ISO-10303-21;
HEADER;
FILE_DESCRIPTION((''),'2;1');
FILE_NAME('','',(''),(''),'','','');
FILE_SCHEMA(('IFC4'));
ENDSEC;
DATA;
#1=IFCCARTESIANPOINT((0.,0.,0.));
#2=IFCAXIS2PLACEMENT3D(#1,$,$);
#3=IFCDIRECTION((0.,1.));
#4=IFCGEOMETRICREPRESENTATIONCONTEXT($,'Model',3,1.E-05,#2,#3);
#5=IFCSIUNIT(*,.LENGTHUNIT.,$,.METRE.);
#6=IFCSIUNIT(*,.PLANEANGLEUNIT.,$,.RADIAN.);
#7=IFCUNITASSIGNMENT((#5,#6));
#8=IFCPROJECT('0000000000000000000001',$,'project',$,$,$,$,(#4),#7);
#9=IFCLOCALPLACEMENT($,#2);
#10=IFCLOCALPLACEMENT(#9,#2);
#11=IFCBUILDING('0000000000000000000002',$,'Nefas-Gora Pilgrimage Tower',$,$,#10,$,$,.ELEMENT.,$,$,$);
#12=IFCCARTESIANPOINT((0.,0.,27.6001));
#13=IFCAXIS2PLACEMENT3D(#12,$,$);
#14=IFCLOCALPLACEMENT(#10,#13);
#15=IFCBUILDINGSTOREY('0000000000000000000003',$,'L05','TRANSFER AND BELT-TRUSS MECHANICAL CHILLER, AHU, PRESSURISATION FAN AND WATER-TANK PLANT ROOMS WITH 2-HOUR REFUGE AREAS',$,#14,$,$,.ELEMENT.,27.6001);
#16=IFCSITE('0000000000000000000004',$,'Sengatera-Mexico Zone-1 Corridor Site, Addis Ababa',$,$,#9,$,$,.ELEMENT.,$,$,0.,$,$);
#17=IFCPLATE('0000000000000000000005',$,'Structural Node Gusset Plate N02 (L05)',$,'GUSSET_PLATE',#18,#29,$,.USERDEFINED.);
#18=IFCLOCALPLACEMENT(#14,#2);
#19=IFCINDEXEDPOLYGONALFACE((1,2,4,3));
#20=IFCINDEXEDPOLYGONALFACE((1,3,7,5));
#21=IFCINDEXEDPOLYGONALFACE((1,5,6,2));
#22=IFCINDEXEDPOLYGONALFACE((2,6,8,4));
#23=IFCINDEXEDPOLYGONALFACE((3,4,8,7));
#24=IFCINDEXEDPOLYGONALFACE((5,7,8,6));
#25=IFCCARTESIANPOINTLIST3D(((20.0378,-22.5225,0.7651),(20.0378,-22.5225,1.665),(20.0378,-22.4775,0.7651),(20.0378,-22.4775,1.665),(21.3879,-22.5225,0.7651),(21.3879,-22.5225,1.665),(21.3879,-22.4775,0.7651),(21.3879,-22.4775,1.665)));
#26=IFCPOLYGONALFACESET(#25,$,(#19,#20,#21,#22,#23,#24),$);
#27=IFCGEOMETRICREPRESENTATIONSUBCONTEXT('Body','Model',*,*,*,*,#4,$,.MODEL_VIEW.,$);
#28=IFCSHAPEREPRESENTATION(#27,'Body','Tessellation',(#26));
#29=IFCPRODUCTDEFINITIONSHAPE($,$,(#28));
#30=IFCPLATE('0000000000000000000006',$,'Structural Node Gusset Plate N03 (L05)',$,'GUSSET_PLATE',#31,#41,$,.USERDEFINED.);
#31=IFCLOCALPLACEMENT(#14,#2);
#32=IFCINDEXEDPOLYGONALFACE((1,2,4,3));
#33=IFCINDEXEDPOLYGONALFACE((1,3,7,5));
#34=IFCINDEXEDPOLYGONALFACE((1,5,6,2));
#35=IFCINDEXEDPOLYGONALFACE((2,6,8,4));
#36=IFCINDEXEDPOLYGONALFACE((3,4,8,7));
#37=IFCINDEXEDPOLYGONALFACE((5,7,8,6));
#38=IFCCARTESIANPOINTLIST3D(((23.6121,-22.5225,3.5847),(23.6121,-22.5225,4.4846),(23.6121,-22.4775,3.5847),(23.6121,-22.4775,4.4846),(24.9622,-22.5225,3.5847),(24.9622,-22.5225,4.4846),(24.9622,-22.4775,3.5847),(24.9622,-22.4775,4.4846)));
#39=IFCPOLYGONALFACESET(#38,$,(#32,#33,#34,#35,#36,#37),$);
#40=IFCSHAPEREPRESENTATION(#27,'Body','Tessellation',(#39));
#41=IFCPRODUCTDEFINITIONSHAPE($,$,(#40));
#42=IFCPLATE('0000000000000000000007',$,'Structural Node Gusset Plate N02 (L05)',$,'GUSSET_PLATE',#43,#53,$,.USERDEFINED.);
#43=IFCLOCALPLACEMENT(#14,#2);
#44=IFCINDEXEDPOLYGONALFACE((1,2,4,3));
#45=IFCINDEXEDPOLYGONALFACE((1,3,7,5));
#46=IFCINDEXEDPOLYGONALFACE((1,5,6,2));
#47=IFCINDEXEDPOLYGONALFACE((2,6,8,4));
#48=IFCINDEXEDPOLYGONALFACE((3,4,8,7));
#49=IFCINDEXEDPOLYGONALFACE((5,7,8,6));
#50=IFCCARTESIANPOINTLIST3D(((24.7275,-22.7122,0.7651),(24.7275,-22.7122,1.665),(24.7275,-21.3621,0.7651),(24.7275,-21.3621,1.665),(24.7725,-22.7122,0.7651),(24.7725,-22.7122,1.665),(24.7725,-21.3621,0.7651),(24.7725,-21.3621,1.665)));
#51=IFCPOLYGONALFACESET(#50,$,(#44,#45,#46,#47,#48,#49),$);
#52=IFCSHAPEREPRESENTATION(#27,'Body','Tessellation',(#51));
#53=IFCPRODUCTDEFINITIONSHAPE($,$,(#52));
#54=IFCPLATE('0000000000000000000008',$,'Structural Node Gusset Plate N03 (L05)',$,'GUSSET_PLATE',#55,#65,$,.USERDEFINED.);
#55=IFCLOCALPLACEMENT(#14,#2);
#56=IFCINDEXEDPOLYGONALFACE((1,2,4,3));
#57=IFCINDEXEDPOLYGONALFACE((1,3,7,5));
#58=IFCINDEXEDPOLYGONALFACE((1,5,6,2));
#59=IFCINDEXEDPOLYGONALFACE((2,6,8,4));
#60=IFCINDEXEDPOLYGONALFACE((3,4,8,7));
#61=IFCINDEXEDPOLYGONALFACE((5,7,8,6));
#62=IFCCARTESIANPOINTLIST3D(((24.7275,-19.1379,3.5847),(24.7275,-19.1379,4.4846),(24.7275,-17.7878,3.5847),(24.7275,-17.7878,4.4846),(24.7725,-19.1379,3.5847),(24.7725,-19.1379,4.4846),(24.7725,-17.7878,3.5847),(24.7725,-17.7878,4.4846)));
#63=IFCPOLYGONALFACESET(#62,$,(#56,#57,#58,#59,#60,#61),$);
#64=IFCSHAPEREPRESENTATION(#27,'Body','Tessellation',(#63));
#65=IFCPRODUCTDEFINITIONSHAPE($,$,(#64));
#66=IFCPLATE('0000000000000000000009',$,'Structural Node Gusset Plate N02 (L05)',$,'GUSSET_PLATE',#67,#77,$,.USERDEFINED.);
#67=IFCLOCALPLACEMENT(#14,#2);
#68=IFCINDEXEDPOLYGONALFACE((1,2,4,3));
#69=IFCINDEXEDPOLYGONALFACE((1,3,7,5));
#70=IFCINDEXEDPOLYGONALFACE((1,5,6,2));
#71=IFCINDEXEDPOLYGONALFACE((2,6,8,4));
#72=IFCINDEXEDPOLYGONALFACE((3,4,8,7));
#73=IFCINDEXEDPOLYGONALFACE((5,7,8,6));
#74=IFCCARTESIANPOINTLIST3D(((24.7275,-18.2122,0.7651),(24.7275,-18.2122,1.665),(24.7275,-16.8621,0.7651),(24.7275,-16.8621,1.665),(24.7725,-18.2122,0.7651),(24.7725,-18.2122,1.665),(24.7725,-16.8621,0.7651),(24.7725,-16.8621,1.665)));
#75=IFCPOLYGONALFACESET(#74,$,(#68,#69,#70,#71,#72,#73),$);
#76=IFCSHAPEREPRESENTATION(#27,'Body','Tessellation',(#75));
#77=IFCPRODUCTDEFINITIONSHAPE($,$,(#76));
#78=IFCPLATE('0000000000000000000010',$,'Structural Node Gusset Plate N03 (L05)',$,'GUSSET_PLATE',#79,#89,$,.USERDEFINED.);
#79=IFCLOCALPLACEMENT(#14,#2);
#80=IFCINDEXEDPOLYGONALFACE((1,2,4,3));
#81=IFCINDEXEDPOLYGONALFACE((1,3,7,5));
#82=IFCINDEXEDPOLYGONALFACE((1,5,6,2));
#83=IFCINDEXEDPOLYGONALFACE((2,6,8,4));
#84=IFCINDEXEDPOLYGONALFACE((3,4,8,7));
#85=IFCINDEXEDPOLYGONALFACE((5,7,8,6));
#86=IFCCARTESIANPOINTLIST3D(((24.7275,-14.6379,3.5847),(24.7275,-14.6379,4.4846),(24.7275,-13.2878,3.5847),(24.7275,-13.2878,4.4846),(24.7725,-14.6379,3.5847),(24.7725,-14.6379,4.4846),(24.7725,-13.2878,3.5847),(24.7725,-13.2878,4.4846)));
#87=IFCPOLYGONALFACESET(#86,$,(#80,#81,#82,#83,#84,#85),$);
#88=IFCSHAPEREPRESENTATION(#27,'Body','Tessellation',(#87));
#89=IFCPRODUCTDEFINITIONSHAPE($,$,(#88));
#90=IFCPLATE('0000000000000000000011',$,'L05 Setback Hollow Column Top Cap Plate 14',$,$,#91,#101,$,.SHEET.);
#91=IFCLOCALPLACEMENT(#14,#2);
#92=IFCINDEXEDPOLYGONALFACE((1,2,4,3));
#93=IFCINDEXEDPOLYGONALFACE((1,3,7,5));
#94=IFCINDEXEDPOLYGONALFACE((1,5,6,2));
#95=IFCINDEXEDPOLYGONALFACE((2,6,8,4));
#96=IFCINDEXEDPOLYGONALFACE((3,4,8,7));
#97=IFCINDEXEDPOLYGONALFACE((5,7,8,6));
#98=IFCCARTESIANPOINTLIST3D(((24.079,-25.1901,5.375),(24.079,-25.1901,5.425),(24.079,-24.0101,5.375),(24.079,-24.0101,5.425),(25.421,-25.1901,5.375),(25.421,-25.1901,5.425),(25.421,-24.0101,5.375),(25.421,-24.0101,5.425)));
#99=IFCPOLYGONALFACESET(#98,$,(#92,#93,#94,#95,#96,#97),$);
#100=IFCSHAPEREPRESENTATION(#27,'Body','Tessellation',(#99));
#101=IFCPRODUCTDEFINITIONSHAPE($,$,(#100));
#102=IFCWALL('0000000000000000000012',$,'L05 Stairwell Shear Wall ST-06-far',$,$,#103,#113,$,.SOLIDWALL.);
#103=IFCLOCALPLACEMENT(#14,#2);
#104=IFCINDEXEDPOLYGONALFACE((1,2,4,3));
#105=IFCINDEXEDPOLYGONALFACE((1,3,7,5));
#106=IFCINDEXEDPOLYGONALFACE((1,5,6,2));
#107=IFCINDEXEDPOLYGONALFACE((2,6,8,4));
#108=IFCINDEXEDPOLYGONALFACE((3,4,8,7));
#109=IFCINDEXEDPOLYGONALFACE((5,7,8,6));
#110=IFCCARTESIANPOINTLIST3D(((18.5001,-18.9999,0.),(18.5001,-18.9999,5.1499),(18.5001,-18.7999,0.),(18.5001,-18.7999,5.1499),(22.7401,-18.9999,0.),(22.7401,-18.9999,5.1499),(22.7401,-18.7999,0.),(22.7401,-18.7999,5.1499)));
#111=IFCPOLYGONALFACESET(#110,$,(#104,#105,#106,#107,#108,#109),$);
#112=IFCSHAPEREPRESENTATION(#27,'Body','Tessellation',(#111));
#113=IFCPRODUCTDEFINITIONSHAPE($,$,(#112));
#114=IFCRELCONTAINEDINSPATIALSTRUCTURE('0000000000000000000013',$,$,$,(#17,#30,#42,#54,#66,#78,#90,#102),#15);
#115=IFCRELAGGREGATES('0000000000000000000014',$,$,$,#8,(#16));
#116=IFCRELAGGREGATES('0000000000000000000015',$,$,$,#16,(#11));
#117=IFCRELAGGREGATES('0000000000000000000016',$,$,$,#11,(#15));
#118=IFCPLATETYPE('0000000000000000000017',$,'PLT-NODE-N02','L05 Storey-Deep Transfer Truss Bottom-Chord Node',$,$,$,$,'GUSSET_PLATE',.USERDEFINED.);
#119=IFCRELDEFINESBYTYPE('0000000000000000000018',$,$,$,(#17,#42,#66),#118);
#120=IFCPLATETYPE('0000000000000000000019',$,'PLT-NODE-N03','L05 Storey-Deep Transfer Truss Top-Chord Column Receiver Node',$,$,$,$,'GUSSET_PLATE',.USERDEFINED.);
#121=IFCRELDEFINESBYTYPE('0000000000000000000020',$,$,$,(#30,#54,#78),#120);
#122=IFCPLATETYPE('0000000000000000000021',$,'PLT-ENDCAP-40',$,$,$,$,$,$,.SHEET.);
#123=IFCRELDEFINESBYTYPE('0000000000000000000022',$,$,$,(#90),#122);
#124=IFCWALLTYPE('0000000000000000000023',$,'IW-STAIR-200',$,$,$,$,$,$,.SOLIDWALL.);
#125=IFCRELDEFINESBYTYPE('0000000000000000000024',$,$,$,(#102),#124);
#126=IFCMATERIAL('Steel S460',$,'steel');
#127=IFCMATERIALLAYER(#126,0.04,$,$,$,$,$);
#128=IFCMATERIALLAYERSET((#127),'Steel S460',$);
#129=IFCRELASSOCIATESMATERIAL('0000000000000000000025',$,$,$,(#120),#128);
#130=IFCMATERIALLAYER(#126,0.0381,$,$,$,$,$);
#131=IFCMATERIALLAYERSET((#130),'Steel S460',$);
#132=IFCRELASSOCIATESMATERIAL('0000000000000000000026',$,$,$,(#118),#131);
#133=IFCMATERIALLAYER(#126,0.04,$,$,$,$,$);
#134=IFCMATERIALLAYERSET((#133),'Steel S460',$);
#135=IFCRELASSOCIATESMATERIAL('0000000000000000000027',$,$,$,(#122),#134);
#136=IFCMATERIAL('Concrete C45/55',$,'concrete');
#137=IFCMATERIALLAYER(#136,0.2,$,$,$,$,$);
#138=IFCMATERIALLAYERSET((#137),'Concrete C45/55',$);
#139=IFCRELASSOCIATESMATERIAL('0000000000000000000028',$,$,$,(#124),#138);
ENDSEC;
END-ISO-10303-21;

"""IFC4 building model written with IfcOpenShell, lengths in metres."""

from ifc_helpers import new_model, si_unit, direction, frame, frame_2d, origin, origin_2d, place, context, subcontext, project, spatial, rectangle, extrude, source, transform, mapped, material, layer, layer_set, type_object, element, save


model = new_model("IFC4")

# Units and contexts
model_context = context("Model", 3, precision=1e-05, world=origin(), true_north=direction((0.0, 1.0)))
body_context = subcontext(model_context, "Body", "Model", "MODEL_VIEW")
ifc_project = project(units=[si_unit("LENGTHUNIT", "METRE"), si_unit("PLANEANGLEUNIT", "RADIAN")], contexts=[model_context])

# Site, building, storey
site_placement = place(None, origin())
site = spatial("IfcSite", under=ifc_project, at=site_placement, Name="Sengatera-Mexico Zone-1 Corridor Site, Addis Ababa", CompositionType="ELEMENT", RefElevation=0.0)
building_placement = place(site_placement, origin())
building = spatial("IfcBuilding", under=site, at=building_placement, Name="Nefas-Gora Pilgrimage Tower", CompositionType="ELEMENT")
storey_placement = place(building_placement, frame((0.0, 0.0, 27.6001)))
storey = spatial("IfcBuildingStorey", under=building, at=storey_placement, Name="L05", Description="TRANSFER AND BELT-TRUSS MECHANICAL CHILLER, AHU, PRESSURISATION FAN AND WATER-TANK PLANT ROOMS WITH 2-HOUR REFUGE AREAS", CompositionType="ELEMENT", Elevation=27.6001)

# Shared definitions
ifc_material_1 = material(Name="Steel S460", Category="steel")

# Plates
ifc_layer_1 = layer(ifc_material_1, 0.04)
ifc_layer_set_1 = layer_set([ifc_layer_1], Name="Steel S460")
plate_type_1 = type_object("IfcPlateType", Name="PLT-NODE-N03", Description="L05 Storey-Deep Transfer Truss Top-Chord Column Receiver Node", ElementType="GUSSET_PLATE", PredefinedType="USERDEFINED", material=ifc_layer_set_1)
shared_shape_1 = source(origin(), body_context, "Body", "SweptSolid", [
    extrude(rectangle(XDim=1.3501, YDim=0.0449, at=origin_2d()), origin(), (0.0, 0.0, 1.0), 0.8999),
])
ifc_layer_2 = layer(ifc_material_1, 0.0381)
ifc_layer_set_2 = layer_set([ifc_layer_2], Name="Steel S460")
plate_type_2 = type_object("IfcPlateType", Name="PLT-NODE-N02", Description="L05 Storey-Deep Transfer Truss Bottom-Chord Node", ElementType="GUSSET_PLATE", PredefinedType="USERDEFINED", material=ifc_layer_set_2)
plate_1_placement = place(storey_placement, frame((20.7129, -22.5, 0.7651), z_axis=(0.0, 0.0, 1.0), x_axis=(1.0, 0.0, 0.0)))
element("IfcPlate", 1, at=plate_1_placement, inside=storey, type_object=plate_type_2, Name="Structural Node Gusset Plate N02 (L05)", ObjectType="GUSSET_PLATE", PredefinedType="USERDEFINED", context=body_context, shape_type="MappedRepresentation", body=[
    mapped(shared_shape_1, transform((0.0, 0.0, 0.0), x_axis=(1.0, 0.0, 0.0), y_axis=(0.0, 1.0, 0.0), z_axis=(0.0, 0.0, 1.0), scale=1.0)),
])
plate_2_placement = place(storey_placement, frame((24.2871, -22.5, 3.5847), z_axis=(0.0, 0.0, 1.0), x_axis=(1.0, 0.0, 0.0)))
element("IfcPlate", 2, at=plate_2_placement, inside=storey, type_object=plate_type_1, Name="Structural Node Gusset Plate N03 (L05)", ObjectType="GUSSET_PLATE", PredefinedType="USERDEFINED", context=body_context, shape_type="MappedRepresentation", body=[
    mapped(shared_shape_1, transform((0.0, 0.0, 0.0), x_axis=(1.0, 0.0, 0.0), y_axis=(0.0, 1.0, 0.0), z_axis=(0.0, 0.0, 1.0), scale=1.0)),
])
plate_3_placement = place(storey_placement, frame((24.75, -22.0371, 0.7651), z_axis=(0.0, 0.0, 1.0), x_axis=(0.0, 1.0, 0.0)))
element("IfcPlate", 3, at=plate_3_placement, inside=storey, type_object=plate_type_2, Name="Structural Node Gusset Plate N02 (L05)", ObjectType="GUSSET_PLATE", PredefinedType="USERDEFINED", context=body_context, shape_type="MappedRepresentation", body=[
    mapped(shared_shape_1, transform((0.0, 0.0, 0.0), x_axis=(1.0, 0.0, 0.0), y_axis=(0.0, 1.0, 0.0), z_axis=(0.0, 0.0, 1.0), scale=1.0)),
])
plate_4_placement = place(storey_placement, frame((24.75, -18.4629, 3.5847), z_axis=(0.0, 0.0, 1.0), x_axis=(0.0, 1.0, 0.0)))
element("IfcPlate", 4, at=plate_4_placement, inside=storey, type_object=plate_type_1, Name="Structural Node Gusset Plate N03 (L05)", ObjectType="GUSSET_PLATE", PredefinedType="USERDEFINED", context=body_context, shape_type="MappedRepresentation", body=[
    mapped(shared_shape_1, transform((0.0, 0.0, 0.0), x_axis=(1.0, 0.0, 0.0), y_axis=(0.0, 1.0, 0.0), z_axis=(0.0, 0.0, 1.0), scale=1.0)),
])
plate_5_placement = place(storey_placement, frame((24.75, -17.5371, 0.7651), z_axis=(0.0, 0.0, 1.0), x_axis=(0.0, 1.0, 0.0)))
element("IfcPlate", 5, at=plate_5_placement, inside=storey, type_object=plate_type_2, Name="Structural Node Gusset Plate N02 (L05)", ObjectType="GUSSET_PLATE", PredefinedType="USERDEFINED", context=body_context, shape_type="MappedRepresentation", body=[
    mapped(shared_shape_1, transform((0.0, 0.0, 0.0), x_axis=(1.0, 0.0, 0.0), y_axis=(0.0, 1.0, 0.0), z_axis=(0.0, 0.0, 1.0), scale=1.0)),
])
plate_6_placement = place(storey_placement, frame((24.75, -13.9629, 3.5847), z_axis=(0.0, 0.0, 1.0), x_axis=(0.0, 1.0, 0.0)))
element("IfcPlate", 6, at=plate_6_placement, inside=storey, type_object=plate_type_1, Name="Structural Node Gusset Plate N03 (L05)", ObjectType="GUSSET_PLATE", PredefinedType="USERDEFINED", context=body_context, shape_type="MappedRepresentation", body=[
    mapped(shared_shape_1, transform((0.0, 0.0, 0.0), x_axis=(1.0, 0.0, 0.0), y_axis=(0.0, 1.0, 0.0), z_axis=(0.0, 0.0, 1.0), scale=1.0)),
])
ifc_layer_3 = layer(ifc_material_1, 0.04)
ifc_layer_set_3 = layer_set([ifc_layer_3], Name="Steel S460")
plate_type_3 = type_object("IfcPlateType", Name="PLT-ENDCAP-40", PredefinedType="SHEET", material=ifc_layer_set_3)
shared_shape_2 = source(origin(), body_context, "Body", "SweptSolid", [
    extrude(rectangle(XDim=1.342, YDim=1.1799, at=origin_2d()), origin(), (0.0, 0.0, 1.0), 0.05),
])
plate_7_placement = place(storey_placement, frame((24.75, -24.6001, 5.375), z_axis=(0.0, 0.0, 1.0), x_axis=(1.0, 0.0, 0.0)))
element("IfcPlate", 7, at=plate_7_placement, inside=storey, type_object=plate_type_3, Name="L05 Setback Hollow Column Top Cap Plate 14", PredefinedType="SHEET", context=body_context, shape_type="MappedRepresentation", body=[
    mapped(shared_shape_2, transform((0.0, 0.0, 0.0), x_axis=(1.0, 0.0, 0.0), y_axis=(0.0, 1.0, 0.0), z_axis=(0.0, 0.0, 1.0), scale=1.0)),
])

# Wall
ifc_material_2 = material(Name="Concrete C45/55", Category="concrete")
ifc_layer_4 = layer(ifc_material_2, 0.2)
ifc_layer_set_4 = layer_set([ifc_layer_4], Name="Concrete C45/55")
wall_type = type_object("IfcWallType", Name="IW-STAIR-200", PredefinedType="SOLIDWALL", material=ifc_layer_set_4)
shared_shape_3 = source(origin(), body_context, "Body", "SweptSolid", [
    extrude(rectangle(XDim=4.24, YDim=0.2, at=frame_2d((2.1201, 0.0))), origin(), (0.0, 0.0, 1.0), 5.1499),
])
wall_placement = place(storey_placement, frame((18.5, -18.8999, 0.0), z_axis=(0.0, 0.0, 1.0), x_axis=(1.0, 0.0, 0.0)))
element("IfcWall", 8, at=wall_placement, inside=storey, type_object=wall_type, Name="L05 Stairwell Shear Wall ST-06-far", PredefinedType="SOLIDWALL", context=body_context, shape_type="MappedRepresentation", body=[
    mapped(shared_shape_3, transform((0.0, 0.0, 0.0), x_axis=(1.0, 0.0, 0.0), y_axis=(0.0, 1.0, 0.0), z_axis=(0.0, 0.0, 1.0), scale=1.0)),
])

save(model, "model.ifc")
